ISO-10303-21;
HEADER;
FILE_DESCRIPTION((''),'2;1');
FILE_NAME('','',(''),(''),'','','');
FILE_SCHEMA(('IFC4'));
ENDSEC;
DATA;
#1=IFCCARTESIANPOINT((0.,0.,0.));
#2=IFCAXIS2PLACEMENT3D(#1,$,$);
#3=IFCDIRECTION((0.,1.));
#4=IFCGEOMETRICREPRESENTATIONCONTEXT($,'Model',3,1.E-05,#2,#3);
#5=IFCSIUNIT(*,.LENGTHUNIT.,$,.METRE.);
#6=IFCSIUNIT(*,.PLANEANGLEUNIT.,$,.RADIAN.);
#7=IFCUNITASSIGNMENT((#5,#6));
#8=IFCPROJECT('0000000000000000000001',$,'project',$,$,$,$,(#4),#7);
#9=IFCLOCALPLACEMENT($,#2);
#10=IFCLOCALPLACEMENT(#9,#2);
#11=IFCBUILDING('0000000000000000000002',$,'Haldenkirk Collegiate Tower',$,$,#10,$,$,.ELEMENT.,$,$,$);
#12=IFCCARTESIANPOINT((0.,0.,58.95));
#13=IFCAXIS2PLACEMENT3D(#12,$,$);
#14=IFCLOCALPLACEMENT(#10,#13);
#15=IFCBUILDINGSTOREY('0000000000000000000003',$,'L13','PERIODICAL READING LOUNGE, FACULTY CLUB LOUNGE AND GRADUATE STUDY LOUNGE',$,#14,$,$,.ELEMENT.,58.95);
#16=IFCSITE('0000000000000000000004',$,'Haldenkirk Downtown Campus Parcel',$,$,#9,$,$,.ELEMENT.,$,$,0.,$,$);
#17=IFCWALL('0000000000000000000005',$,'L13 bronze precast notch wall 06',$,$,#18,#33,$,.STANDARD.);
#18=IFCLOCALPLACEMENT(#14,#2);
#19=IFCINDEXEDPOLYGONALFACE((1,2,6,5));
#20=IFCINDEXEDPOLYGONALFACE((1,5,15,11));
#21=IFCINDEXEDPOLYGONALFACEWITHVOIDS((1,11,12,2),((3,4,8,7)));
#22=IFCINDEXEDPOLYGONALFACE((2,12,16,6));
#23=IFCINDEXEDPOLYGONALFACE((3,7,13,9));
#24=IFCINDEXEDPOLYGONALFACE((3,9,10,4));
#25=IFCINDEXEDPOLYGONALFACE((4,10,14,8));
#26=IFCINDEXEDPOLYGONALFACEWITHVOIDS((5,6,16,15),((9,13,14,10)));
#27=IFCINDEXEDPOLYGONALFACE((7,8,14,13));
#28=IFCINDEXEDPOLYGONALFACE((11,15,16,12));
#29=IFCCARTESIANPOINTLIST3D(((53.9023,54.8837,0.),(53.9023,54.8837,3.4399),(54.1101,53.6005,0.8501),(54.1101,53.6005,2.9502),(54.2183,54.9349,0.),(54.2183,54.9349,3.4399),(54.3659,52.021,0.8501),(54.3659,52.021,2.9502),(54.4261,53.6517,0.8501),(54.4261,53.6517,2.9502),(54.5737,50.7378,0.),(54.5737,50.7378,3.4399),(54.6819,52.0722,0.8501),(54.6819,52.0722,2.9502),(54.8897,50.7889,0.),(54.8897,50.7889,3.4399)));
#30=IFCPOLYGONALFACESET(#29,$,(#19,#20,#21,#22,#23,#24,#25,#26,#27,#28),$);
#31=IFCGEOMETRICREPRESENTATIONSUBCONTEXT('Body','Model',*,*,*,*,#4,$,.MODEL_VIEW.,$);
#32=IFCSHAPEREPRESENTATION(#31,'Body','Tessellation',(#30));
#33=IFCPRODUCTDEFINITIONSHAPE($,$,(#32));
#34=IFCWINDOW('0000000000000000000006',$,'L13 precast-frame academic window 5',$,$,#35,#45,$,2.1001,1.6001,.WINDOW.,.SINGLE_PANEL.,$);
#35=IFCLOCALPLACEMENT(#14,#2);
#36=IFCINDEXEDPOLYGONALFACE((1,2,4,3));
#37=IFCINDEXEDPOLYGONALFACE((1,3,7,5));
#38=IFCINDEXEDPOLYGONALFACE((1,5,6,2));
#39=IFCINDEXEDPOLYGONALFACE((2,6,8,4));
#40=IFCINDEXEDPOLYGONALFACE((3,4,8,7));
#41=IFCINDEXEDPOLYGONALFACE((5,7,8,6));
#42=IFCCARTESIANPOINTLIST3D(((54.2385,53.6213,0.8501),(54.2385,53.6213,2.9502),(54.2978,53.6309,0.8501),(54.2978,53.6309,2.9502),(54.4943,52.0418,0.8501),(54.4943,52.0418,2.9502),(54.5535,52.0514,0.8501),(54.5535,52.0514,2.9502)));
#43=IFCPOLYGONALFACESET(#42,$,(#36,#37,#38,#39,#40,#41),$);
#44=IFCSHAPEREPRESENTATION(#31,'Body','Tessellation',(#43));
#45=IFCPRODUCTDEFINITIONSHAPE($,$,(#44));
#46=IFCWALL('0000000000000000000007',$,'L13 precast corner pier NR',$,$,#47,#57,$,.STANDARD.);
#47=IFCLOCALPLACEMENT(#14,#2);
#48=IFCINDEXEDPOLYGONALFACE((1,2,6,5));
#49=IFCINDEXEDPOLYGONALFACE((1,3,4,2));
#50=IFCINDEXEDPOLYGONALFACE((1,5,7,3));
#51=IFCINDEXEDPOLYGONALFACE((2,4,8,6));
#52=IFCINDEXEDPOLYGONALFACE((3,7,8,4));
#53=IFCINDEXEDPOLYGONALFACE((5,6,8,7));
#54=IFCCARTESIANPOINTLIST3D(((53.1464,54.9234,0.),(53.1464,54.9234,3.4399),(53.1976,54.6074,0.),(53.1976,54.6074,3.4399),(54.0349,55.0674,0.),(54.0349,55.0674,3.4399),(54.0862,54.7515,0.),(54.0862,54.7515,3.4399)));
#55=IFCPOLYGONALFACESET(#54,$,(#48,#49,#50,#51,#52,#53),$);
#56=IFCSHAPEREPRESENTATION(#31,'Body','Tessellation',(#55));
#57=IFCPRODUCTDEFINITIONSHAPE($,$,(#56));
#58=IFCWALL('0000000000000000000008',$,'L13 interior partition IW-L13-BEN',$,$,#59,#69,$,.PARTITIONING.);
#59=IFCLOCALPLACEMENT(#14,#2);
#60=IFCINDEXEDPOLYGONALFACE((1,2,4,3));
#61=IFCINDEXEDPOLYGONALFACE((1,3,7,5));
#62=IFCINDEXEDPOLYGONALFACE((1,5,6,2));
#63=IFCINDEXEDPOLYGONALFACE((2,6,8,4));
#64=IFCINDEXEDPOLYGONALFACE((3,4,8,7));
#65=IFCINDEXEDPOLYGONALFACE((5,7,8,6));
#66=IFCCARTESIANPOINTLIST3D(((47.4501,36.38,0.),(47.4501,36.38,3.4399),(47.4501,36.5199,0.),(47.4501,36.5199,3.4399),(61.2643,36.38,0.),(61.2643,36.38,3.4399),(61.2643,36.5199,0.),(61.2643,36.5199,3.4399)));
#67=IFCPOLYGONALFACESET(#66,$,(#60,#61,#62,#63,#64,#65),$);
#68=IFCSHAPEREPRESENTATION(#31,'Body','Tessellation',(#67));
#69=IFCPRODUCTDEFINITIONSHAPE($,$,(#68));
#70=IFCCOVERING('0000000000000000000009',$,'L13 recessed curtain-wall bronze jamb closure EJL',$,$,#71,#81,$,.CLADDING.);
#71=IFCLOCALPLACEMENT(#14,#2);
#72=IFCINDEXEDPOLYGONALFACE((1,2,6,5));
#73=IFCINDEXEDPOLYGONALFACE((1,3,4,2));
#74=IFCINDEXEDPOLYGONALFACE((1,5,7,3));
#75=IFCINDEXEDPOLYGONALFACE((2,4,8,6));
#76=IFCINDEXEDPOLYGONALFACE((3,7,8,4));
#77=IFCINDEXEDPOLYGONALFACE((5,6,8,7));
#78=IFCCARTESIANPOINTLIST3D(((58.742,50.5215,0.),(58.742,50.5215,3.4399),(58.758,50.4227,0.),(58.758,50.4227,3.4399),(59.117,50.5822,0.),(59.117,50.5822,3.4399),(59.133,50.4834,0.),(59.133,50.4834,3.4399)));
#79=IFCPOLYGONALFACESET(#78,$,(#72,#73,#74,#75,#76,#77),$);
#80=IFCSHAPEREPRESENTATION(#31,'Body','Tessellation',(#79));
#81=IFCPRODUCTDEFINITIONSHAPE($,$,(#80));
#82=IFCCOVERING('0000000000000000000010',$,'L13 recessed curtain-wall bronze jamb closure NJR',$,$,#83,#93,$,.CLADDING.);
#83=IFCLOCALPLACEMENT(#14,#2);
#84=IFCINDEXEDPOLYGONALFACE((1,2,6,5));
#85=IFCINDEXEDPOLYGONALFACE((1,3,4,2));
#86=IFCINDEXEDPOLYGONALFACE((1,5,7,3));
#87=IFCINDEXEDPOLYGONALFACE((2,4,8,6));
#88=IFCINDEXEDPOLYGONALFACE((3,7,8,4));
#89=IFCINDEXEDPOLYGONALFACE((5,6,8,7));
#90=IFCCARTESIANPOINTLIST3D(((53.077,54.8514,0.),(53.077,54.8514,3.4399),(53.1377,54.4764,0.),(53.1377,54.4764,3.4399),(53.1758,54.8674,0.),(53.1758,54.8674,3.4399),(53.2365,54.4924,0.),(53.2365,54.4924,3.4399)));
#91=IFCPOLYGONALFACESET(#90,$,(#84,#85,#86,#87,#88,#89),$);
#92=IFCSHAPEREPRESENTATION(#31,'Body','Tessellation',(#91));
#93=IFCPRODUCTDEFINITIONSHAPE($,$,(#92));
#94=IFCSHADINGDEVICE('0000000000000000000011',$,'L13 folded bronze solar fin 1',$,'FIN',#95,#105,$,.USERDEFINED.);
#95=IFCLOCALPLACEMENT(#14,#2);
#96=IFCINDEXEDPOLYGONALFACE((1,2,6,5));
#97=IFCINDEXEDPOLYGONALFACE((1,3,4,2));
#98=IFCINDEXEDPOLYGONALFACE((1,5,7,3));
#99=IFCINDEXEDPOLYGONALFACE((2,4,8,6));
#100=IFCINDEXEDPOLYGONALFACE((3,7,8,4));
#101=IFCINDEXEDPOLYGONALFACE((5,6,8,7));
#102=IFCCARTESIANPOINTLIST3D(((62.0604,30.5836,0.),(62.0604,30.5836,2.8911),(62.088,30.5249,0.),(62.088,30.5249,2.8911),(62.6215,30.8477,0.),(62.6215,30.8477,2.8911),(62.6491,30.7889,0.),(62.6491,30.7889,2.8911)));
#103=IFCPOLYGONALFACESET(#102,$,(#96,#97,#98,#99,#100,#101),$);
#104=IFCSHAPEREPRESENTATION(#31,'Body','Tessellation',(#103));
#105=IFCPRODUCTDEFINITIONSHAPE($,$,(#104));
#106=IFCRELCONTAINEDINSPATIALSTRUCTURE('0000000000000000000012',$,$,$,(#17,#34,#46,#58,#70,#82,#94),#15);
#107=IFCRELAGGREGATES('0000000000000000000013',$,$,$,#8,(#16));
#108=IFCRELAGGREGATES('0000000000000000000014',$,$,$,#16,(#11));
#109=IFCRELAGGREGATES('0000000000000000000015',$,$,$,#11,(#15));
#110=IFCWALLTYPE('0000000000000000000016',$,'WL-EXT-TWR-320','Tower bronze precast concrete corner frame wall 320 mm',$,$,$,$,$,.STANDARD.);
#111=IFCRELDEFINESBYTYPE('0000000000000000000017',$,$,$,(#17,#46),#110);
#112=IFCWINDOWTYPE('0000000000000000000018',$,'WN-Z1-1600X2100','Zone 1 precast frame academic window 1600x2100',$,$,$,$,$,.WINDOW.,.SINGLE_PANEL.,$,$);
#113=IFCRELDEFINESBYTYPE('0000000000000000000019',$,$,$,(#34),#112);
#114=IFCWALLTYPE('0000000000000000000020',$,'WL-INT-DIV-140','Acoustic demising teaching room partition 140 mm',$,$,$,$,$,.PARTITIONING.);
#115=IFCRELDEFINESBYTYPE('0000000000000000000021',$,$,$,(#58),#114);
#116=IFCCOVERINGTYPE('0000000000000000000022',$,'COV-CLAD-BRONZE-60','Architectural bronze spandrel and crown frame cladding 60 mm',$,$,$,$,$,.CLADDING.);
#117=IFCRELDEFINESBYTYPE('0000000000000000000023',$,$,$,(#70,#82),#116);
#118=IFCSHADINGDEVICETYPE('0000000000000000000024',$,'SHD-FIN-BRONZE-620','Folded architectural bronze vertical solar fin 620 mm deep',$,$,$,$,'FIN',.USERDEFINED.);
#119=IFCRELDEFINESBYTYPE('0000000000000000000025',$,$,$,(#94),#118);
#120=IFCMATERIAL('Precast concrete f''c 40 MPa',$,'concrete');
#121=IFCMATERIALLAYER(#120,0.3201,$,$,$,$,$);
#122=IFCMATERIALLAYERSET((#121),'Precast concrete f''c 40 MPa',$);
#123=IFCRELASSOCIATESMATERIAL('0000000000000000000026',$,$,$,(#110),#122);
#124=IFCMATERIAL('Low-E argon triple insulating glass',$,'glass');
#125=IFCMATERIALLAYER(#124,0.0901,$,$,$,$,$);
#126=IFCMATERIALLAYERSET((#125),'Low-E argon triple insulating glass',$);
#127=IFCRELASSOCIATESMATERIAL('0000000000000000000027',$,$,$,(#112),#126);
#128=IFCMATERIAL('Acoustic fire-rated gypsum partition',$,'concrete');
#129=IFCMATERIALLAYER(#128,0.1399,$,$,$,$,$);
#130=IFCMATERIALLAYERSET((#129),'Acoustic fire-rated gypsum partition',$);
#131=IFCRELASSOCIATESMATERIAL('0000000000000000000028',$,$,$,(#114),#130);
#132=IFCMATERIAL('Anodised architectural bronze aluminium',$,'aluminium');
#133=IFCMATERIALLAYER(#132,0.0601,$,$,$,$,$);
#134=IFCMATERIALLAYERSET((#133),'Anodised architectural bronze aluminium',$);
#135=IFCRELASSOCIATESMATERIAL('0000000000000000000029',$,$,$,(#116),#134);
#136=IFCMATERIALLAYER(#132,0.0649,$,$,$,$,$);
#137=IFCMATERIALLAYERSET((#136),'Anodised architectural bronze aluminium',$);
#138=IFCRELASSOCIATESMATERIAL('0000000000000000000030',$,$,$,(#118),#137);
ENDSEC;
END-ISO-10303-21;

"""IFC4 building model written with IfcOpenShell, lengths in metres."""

from ifc_helpers import new_model, si_unit, direction, frame, frame_2d, origin, origin_2d, place, context, subcontext, project, spatial, rectangle, extrude, source, transform, mapped, material, layer, layer_set, type_object, element, fill, save


model = new_model("IFC4")

# Units and contexts
model_context = context("Model", 3, precision=1e-05, world=origin(), true_north=direction((0.0, 1.0)))
body_context = subcontext(model_context, "Body", "Model", "MODEL_VIEW")
ifc_project = project(units=[si_unit("LENGTHUNIT", "METRE"), si_unit("PLANEANGLEUNIT", "RADIAN")], contexts=[model_context])

# Site, building, storey
site_placement = place(None, origin())
site = spatial("IfcSite", under=ifc_project, at=site_placement, Name="Haldenkirk Downtown Campus Parcel", CompositionType="ELEMENT", RefElevation=0.0)
building_placement = place(site_placement, origin())
building = spatial("IfcBuilding", under=site, at=building_placement, Name="Haldenkirk Collegiate Tower", CompositionType="ELEMENT")
storey_placement = place(building_placement, frame((0.0, 0.0, 58.95)))
storey = spatial("IfcBuildingStorey", under=building, at=storey_placement, Name="L13", Description="PERIODICAL READING LOUNGE, FACULTY CLUB LOUNGE AND GRADUATE STUDY LOUNGE", CompositionType="ELEMENT", Elevation=58.95)

# Shared definitions
ifc_material_1 = material(Name="Anodised architectural bronze aluminium", Category="aluminium")

# Shared definitions
ifc_material_2 = material(Name="Low-E argon triple insulating glass", Category="glass")

# Shared definitions
ifc_material_3 = material(Name="Precast concrete f'c 40 MPa", Category="concrete")
ifc_layer_1 = layer(ifc_material_3, 0.3201)
ifc_layer_set_1 = layer_set([ifc_layer_1], Name="Precast concrete f'c 40 MPa")
wall_type_1 = type_object("IfcWallType", Name="WL-EXT-TWR-320", Description="Tower bronze precast concrete corner frame wall 320 mm", PredefinedType="STANDARD", material=ifc_layer_set_1)

# Wall, opening, window
wall_1_placement = place(storey_placement, frame((54.0603, 54.9094, 0.0), z_axis=(0.0, 0.0, 1.0), x_axis=(0.159854, -0.987141, 0.0)))
wall_1 = element("IfcWall", 1, at=wall_1_placement, inside=storey, type_object=wall_type_1, Name="L13 bronze precast notch wall 06", PredefinedType="STANDARD", context=body_context, shape_type="SweptSolid", body=[
    extrude(rectangle(XDim=4.2, YDim=0.3201, at=frame_2d((2.1001, 0.0))), origin(), (0.0, 0.0, 1.0), 3.4399),
])
opening_placement = place(wall_1_placement, frame((1.3, 0.0, 0.8501)))
opening = element("IfcOpeningElement", 2, at=opening_placement, cuts=wall_1, PredefinedType="OPENING", context=body_context, shape_type="SweptSolid", body=[
    extrude(rectangle(XDim=1.6001, YDim=2.1001, at=frame_2d((0.8, 1.05))), frame((0.0, 0.1699, 0.0), z_axis=(0.0, -1.0, 0.0), x_axis=(1.0, 0.0, 0.0)), (0.0, 0.0, 1.0), 0.3401),
])
ifc_layer_2 = layer(ifc_material_2, 0.0901)
ifc_layer_set_2 = layer_set([ifc_layer_2], Name="Low-E argon triple insulating glass")
window_type = type_object("IfcWindowType", Name="WN-Z1-1600X2100", Description="Zone 1 precast frame academic window 1600x2100", PartitioningType="SINGLE_PANEL", PredefinedType="WINDOW", material=ifc_layer_set_2)
window_placement = place(opening_placement, origin())
window = element("IfcWindow", 3, at=window_placement, inside=storey, type_object=window_type, Name="L13 precast-frame academic window 5", OverallHeight=2.1001, OverallWidth=1.6001, PartitioningType="SINGLE_PANEL", PredefinedType="WINDOW", context=body_context, shape_type="SweptSolid", body=[
    extrude(rectangle(XDim=1.6001, YDim=2.1001, at=frame_2d((0.8, 1.05))), frame((0.0, 0.03, 0.0), z_axis=(0.0, -1.0, 0.0), x_axis=(1.0, 0.0, 0.0)), (0.0, 0.0, 1.0), 0.0601),
])
fill(opening, window)

# Walls
wall_2_placement = place(storey_placement, frame((53.1719, 54.7654, 0.0), z_axis=(0.0, 0.0, 1.0), x_axis=(0.98711, 0.160043, 0.0)))
element("IfcWall", 4, at=wall_2_placement, inside=storey, type_object=wall_type_1, Name="L13 precast corner pier NR", PredefinedType="STANDARD", context=body_context, shape_type="SweptSolid", body=[
    extrude(rectangle(XDim=0.9001, YDim=0.3201, at=frame_2d((0.4502, 0.0))), origin(), (0.0, 0.0, 1.0), 3.4399),
])
ifc_material_4 = material(Name="Acoustic fire-rated gypsum partition", Category="concrete")
ifc_layer_3 = layer(ifc_material_4, 0.1399)
ifc_layer_set_3 = layer_set([ifc_layer_3], Name="Acoustic fire-rated gypsum partition")
wall_type_2 = type_object("IfcWallType", Name="WL-INT-DIV-140", Description="Acoustic demising teaching room partition 140 mm", PredefinedType="PARTITIONING", material=ifc_layer_set_3)
wall_3_placement = place(storey_placement, frame((47.45, 36.45, 0.0), z_axis=(0.0, 0.0, 1.0), x_axis=(1.0, 0.0, 0.0)))
element("IfcWall", 5, at=wall_3_placement, inside=storey, type_object=wall_type_2, Name="L13 interior partition IW-L13-BEN", PredefinedType="PARTITIONING", context=body_context, shape_type="SweptSolid", body=[
    extrude(rectangle(XDim=13.8142, YDim=0.1399, at=frame_2d((6.9072, 0.0))), origin(), (0.0, 0.0, 1.0), 3.4399),
])

# Coverings
ifc_layer_4 = layer(ifc_material_1, 0.0601)
ifc_layer_set_4 = layer_set([ifc_layer_4], Name="Anodised architectural bronze aluminium")
covering_type = type_object("IfcCoveringType", Name="COV-CLAD-BRONZE-60", Description="Architectural bronze spandrel and crown frame cladding 60 mm", PredefinedType="CLADDING", material=ifc_layer_set_4)
shared_shape_1 = source(origin(), body_context, "Body", "SweptSolid", [
    extrude(rectangle(XDim=0.1001, YDim=0.3799, at=origin_2d()), origin(), (0.0, 0.0, 1.0), 3.4399),
])
for number, where, z_axis, x_axis, name in (
    (6, (58.9375, 50.5024, 0.0), (0.0, 0.0, 1.0), (0.159881, -0.987136, 0.0), "L13 recessed curtain-wall bronze jamb closure EJL"),
    (7, (53.1567, 54.6719, 0.0), (0.0, 0.0, 1.0), (0.987136, 0.159881, 0.0), "L13 recessed curtain-wall bronze jamb closure NJR"),
):
    element("IfcCovering", number, at=place(storey_placement, frame(where, z_axis=z_axis, x_axis=x_axis)), inside=storey, type_object=covering_type, Name=name, PredefinedType="CLADDING", context=body_context, shape_type="MappedRepresentation", body=[
        mapped(shared_shape_1, transform((0.0, 0.0, 0.0), x_axis=(1.0, 0.0, 0.0), y_axis=(0.0, 1.0, 0.0), z_axis=(0.0, 0.0, 1.0), scale=1.0)),
    ])

# Shading device
ifc_layer_5 = layer(ifc_material_1, 0.0649)
ifc_layer_set_5 = layer_set([ifc_layer_5], Name="Anodised architectural bronze aluminium")
shading_device_type = type_object("IfcShadingDeviceType", Name="SHD-FIN-BRONZE-620", Description="Folded architectural bronze vertical solar fin 620 mm deep", ElementType="FIN", PredefinedType="USERDEFINED", material=ifc_layer_set_5)
shared_shape_2 = source(origin(), body_context, "Body", "SweptSolid", [
    extrude(rectangle(XDim=0.6201, YDim=0.0649, at=origin_2d()), origin(), (0.0, 0.0, 1.0), 2.8911),
])
shading_device_placement = place(storey_placement, frame((62.3547, 30.6863, 0.0), z_axis=(0.0, 0.0, 1.0), x_axis=(0.904827, 0.425779, 0.0)))
element("IfcShadingDevice", 8, at=shading_device_placement, inside=storey, type_object=shading_device_type, Name="L13 folded bronze solar fin 1", ObjectType="FIN", PredefinedType="USERDEFINED", context=body_context, shape_type="MappedRepresentation", body=[
    mapped(shared_shape_2, transform((0.0, 0.0, 0.0), x_axis=(1.0, 0.0, 0.0), y_axis=(0.0, 1.0, 0.0), z_axis=(0.0, 0.0, 1.0), scale=1.0)),
])

save(model, "model.ifc")
